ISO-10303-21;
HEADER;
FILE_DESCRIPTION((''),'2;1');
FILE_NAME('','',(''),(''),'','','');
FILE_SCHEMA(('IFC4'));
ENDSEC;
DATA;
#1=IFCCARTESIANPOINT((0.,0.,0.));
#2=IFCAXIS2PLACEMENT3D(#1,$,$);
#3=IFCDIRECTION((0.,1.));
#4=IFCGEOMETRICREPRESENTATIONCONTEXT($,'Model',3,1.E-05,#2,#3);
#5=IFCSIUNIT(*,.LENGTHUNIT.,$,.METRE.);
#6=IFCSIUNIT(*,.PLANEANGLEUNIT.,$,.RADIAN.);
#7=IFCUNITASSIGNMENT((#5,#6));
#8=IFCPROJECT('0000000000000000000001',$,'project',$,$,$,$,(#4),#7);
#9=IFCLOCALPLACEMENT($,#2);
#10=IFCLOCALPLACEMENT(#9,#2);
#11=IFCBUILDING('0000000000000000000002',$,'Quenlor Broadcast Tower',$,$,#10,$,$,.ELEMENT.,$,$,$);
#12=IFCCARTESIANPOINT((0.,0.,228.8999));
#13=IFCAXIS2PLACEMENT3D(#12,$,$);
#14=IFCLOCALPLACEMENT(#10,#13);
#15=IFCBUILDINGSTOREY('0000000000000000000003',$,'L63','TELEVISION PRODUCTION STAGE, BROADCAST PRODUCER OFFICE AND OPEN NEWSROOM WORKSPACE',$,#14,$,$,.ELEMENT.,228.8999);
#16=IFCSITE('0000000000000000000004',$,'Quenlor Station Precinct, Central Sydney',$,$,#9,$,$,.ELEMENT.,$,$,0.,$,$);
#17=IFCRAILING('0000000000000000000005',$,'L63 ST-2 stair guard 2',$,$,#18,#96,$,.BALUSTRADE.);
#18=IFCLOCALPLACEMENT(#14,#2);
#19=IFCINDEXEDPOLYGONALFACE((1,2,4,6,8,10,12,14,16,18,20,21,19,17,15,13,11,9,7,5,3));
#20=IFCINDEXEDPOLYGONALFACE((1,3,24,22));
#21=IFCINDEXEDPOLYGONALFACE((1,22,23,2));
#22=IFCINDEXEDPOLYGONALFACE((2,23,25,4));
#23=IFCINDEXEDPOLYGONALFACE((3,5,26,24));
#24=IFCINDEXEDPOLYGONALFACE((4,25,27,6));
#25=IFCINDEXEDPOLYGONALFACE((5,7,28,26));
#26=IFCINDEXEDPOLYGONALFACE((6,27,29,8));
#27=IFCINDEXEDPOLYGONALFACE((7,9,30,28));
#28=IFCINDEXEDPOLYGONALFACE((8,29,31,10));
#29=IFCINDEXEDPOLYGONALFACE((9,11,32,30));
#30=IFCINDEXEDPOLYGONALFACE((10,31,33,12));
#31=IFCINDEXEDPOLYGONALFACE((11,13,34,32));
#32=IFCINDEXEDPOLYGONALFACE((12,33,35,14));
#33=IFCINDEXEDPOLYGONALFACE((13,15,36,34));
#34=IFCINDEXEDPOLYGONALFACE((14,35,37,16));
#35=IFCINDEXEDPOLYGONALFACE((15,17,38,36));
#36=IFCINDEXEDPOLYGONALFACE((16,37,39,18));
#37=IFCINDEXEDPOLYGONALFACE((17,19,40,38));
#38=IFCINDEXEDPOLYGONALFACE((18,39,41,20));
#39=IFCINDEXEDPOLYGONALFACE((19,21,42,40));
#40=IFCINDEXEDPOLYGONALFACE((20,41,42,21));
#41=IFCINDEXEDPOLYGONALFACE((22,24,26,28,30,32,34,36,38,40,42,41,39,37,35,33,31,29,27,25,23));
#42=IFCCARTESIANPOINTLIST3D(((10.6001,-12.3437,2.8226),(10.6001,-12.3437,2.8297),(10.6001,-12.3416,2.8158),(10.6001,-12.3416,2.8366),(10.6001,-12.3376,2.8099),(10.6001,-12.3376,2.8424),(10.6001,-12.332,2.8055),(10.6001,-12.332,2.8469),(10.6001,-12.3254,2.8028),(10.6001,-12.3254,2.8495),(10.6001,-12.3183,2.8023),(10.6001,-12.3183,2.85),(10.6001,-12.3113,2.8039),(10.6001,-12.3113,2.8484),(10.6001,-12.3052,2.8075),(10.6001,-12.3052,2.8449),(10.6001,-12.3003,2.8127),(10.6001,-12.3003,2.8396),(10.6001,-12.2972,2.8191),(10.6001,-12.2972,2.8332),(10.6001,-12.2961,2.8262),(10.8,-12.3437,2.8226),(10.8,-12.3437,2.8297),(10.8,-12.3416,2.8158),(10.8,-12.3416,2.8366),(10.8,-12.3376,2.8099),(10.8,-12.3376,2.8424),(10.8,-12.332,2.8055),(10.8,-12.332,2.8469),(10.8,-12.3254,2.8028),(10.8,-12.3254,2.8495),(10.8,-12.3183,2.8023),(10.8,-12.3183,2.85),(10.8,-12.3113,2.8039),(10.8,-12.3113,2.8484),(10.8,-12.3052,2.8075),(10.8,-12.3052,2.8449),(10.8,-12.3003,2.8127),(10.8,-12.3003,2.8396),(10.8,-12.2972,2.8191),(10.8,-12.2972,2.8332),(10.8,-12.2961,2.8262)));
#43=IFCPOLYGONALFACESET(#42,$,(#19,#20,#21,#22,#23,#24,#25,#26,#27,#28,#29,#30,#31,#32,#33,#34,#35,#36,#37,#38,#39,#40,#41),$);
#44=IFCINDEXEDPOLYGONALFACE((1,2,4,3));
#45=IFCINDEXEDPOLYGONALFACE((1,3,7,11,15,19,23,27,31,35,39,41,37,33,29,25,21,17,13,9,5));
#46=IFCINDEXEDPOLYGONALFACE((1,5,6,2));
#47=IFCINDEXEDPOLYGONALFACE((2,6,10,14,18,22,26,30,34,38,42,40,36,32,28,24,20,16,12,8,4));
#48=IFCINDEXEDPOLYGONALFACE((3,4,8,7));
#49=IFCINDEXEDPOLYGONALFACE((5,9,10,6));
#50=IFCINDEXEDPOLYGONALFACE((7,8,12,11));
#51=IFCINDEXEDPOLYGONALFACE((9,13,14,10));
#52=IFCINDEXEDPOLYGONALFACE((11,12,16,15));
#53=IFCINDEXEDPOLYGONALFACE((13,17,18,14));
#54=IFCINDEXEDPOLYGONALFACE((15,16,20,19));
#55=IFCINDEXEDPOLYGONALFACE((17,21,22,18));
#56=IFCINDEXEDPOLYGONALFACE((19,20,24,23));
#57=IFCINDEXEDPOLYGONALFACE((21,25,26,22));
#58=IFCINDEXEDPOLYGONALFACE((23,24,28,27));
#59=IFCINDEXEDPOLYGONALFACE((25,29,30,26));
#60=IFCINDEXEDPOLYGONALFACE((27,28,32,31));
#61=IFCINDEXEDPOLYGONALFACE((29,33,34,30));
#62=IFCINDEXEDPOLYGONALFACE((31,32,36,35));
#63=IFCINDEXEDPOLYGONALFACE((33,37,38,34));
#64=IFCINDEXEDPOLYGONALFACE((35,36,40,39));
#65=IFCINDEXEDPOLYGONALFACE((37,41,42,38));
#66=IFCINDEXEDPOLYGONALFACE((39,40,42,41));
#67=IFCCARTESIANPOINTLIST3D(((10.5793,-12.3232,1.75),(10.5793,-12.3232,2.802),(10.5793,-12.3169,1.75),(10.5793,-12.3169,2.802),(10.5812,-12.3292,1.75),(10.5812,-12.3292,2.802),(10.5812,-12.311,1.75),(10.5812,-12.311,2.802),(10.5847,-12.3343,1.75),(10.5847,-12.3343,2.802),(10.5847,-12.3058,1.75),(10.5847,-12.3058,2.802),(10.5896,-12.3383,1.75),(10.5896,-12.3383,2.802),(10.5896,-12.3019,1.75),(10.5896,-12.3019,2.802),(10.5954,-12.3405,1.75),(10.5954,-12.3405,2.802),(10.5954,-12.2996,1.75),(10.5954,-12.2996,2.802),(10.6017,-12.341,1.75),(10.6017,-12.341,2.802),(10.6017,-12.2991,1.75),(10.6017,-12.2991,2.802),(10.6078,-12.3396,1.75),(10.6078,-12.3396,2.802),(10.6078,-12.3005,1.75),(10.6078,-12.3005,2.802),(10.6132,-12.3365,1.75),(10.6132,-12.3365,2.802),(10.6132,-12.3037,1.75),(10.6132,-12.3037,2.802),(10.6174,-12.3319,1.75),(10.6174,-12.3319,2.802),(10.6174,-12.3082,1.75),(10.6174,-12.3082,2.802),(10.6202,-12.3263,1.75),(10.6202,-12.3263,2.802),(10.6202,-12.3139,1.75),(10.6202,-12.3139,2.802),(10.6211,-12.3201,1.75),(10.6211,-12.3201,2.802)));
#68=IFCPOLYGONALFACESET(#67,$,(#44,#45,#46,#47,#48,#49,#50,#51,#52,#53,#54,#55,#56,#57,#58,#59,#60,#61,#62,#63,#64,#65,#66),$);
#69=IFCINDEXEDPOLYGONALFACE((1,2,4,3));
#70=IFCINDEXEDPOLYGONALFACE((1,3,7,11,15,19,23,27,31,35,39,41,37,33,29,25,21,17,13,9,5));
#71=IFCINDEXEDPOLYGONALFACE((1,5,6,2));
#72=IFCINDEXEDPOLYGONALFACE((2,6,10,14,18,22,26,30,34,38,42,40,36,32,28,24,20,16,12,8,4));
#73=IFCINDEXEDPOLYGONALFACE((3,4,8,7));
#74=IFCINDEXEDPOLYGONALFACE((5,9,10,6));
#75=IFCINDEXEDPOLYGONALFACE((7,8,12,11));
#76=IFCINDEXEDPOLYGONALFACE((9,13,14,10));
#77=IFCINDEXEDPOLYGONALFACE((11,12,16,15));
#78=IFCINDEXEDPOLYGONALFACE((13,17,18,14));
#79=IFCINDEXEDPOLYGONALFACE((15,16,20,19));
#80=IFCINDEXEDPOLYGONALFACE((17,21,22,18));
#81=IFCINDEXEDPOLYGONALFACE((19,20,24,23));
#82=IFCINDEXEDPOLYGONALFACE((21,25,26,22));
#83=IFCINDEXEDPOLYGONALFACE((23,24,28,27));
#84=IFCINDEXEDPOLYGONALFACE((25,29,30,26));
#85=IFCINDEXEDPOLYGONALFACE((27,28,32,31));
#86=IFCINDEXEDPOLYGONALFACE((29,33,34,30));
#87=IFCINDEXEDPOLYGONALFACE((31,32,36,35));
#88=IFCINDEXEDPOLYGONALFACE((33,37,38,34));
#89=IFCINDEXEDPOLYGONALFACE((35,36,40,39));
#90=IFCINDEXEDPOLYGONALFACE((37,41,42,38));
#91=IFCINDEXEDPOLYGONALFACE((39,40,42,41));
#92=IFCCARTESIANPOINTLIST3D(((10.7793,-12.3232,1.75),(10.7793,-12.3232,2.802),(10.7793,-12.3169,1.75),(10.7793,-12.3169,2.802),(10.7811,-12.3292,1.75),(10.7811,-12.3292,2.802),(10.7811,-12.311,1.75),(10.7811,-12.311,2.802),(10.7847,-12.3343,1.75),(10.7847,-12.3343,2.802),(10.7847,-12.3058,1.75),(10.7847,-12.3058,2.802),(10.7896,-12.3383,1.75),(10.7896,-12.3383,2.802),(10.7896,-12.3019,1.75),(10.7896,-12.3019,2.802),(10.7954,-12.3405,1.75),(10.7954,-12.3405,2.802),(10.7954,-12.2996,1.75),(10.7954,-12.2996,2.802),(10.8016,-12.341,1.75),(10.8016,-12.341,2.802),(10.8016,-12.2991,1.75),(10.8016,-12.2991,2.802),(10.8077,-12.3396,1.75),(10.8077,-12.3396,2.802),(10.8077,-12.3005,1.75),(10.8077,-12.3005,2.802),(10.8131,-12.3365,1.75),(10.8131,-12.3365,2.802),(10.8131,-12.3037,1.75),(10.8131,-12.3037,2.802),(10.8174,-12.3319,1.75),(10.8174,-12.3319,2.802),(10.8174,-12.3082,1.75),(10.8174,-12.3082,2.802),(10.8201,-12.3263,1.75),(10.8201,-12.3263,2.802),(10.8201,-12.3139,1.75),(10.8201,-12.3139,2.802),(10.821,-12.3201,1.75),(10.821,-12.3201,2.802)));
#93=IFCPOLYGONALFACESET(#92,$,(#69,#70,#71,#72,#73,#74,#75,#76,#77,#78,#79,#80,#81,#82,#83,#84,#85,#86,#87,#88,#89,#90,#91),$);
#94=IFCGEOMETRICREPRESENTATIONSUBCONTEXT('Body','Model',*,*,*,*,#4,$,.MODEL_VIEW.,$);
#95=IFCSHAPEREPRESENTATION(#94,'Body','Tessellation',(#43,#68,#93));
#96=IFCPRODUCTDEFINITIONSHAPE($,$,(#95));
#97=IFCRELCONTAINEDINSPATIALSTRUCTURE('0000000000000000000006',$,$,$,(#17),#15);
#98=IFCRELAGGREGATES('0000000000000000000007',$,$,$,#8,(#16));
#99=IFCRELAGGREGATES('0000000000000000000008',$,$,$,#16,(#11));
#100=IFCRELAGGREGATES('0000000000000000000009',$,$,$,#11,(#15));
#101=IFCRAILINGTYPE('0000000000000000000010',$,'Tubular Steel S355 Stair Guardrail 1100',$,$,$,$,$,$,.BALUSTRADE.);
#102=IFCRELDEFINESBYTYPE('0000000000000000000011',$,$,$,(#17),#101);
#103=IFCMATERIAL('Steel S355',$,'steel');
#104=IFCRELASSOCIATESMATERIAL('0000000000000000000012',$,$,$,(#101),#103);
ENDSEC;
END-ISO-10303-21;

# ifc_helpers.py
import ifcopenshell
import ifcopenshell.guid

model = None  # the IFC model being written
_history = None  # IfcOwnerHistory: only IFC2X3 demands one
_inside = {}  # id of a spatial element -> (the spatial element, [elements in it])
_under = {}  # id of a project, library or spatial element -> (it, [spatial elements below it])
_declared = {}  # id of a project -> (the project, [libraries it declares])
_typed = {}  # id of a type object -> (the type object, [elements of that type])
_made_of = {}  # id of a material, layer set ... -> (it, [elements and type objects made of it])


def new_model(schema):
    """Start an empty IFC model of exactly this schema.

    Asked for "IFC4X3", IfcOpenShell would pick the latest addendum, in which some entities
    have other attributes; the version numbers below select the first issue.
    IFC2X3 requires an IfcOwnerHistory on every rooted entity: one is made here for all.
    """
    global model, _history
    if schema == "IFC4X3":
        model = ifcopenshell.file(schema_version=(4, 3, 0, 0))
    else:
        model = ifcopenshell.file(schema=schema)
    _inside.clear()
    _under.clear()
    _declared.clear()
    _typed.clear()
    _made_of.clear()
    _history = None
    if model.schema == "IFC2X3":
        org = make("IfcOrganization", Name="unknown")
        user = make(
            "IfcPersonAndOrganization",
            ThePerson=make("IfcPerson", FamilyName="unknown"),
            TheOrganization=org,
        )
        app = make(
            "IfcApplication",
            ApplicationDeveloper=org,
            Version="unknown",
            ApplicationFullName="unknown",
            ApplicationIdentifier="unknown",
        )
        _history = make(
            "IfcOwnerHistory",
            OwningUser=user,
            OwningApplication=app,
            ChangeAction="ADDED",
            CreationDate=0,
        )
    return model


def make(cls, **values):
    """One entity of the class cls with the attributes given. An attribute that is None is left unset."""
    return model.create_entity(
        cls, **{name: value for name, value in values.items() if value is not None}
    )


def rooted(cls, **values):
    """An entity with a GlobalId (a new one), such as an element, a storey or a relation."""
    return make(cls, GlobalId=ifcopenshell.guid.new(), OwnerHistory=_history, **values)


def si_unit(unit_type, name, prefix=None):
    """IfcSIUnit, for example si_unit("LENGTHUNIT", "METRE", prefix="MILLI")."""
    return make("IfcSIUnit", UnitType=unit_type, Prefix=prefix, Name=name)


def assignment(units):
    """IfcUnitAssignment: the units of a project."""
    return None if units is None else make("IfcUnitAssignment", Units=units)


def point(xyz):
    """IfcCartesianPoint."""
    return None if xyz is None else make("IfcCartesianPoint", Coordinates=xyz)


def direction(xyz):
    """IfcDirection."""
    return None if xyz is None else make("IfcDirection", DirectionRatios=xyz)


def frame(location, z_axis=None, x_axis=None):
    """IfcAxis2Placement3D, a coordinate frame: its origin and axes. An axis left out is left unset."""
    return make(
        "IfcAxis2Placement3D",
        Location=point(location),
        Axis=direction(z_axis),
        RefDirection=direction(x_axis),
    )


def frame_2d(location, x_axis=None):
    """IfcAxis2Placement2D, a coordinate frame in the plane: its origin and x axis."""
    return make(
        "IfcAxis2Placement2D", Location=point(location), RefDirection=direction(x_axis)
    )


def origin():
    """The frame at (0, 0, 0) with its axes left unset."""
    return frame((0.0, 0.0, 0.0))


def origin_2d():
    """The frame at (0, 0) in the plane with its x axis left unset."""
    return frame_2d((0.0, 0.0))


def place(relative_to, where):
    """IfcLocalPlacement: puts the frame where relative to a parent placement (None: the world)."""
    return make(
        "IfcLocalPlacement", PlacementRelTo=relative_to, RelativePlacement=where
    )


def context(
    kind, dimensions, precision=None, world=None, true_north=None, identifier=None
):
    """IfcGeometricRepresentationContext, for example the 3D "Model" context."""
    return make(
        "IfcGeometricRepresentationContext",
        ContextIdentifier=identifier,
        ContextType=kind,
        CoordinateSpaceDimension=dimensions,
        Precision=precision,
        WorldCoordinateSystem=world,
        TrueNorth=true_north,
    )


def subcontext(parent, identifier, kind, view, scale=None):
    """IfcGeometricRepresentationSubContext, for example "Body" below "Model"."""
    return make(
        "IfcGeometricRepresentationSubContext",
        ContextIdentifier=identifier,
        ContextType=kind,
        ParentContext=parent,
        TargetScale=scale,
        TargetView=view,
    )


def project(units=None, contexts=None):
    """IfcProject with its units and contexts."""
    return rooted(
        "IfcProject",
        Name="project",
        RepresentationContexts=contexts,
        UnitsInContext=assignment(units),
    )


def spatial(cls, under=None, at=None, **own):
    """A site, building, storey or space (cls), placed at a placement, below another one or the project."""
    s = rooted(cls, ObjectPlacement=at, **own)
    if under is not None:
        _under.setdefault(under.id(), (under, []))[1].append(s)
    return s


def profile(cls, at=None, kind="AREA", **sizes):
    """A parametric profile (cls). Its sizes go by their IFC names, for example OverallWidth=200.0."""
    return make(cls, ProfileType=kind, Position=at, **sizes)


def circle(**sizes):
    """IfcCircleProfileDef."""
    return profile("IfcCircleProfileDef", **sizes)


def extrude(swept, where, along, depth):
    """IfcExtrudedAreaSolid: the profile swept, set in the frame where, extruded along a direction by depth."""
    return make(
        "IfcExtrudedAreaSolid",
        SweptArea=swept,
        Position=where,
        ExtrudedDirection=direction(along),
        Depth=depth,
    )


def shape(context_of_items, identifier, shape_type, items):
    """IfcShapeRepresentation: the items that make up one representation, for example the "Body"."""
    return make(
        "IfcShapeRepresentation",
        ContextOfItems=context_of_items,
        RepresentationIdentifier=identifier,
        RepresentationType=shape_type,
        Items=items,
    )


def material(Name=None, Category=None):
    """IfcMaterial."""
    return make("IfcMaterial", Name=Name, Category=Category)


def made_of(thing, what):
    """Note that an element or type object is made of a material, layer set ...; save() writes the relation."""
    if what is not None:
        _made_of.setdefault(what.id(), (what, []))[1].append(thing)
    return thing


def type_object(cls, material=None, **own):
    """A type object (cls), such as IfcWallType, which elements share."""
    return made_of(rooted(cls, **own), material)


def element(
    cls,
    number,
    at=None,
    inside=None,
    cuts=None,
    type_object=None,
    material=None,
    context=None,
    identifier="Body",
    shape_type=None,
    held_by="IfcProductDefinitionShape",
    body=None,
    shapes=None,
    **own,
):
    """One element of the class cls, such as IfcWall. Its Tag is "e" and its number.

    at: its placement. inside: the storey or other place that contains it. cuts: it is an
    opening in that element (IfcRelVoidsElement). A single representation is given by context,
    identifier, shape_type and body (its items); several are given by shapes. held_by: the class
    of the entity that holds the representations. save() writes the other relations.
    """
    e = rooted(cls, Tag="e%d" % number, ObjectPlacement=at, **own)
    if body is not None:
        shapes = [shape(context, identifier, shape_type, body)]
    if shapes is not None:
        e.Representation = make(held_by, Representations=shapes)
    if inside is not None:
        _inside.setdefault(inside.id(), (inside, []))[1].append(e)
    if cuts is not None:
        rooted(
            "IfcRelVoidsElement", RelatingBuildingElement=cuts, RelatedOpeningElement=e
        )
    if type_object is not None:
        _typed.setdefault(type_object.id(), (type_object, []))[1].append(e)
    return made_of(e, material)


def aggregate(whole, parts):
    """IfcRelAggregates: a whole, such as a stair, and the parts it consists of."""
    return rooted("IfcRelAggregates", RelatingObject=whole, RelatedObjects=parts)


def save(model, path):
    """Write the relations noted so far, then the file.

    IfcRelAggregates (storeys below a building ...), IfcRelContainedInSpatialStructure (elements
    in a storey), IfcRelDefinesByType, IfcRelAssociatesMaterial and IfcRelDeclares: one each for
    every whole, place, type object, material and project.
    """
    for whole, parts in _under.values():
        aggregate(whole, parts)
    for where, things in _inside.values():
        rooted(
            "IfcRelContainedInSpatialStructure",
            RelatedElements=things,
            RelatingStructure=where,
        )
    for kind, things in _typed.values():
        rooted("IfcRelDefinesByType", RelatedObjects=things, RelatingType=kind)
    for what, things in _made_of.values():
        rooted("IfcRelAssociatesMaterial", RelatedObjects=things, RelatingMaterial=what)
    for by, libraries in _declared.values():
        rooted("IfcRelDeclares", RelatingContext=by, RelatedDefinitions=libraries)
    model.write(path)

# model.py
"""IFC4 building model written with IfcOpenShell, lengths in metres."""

from ifc_helpers import new_model, si_unit, direction, frame, origin, origin_2d, place, context, subcontext, project, spatial, circle, extrude, material, type_object, element, save


model = new_model("IFC4")

# Units and contexts
model_context = context("Model", 3, precision=1e-05, world=origin(), true_north=direction((0.0, 1.0)))
body_context = subcontext(model_context, "Body", "Model", "MODEL_VIEW")
ifc_project = project(units=[si_unit("LENGTHUNIT", "METRE"), si_unit("PLANEANGLEUNIT", "RADIAN")], contexts=[model_context])

# Site, building, storey
site_placement = place(None, origin())
site = spatial("IfcSite", under=ifc_project, at=site_placement, Name="Quenlor Station Precinct, Central Sydney", CompositionType="ELEMENT", RefElevation=0.0)
building_placement = place(site_placement, origin())
building = spatial("IfcBuilding", under=site, at=building_placement, Name="Quenlor Broadcast Tower", CompositionType="ELEMENT")
storey_placement = place(building_placement, frame((0.0, 0.0, 228.8999)))
storey = spatial("IfcBuildingStorey", under=building, at=storey_placement, Name="L63", Description="TELEVISION PRODUCTION STAGE, BROADCAST PRODUCER OFFICE AND OPEN NEWSROOM WORKSPACE", CompositionType="ELEMENT", Elevation=228.8999)

# Railing
ifc_material_1 = material(Name="Steel S355", Category="steel")
railing_type_1 = type_object("IfcRailingType", Name="Tubular Steel S355 Stair Guardrail 1100", PredefinedType="BALUSTRADE", material=ifc_material_1)
railing_1_placement = place(storey_placement, frame((10.6001, -12.3201, 1.75)))
element("IfcRailing", 1, at=railing_1_placement, inside=storey, type_object=railing_type_1, Name="L63 ST-2 stair guard 2", PredefinedType="BALUSTRADE", context=body_context, shape_type="SweptSolid", body=[
    extrude(circle(Radius=0.0239, at=origin_2d()), frame((0.0, 0.0, 1.0762), z_axis=(1.0, 0.0, 0.0), x_axis=(0.0, 1.0, 0.0)), (0.0, 0.0, 1.0), 0.2),
    extrude(circle(Radius=0.021, at=origin_2d()), origin(), (0.0, 0.0, 1.0), 1.052),
    extrude(circle(Radius=0.021, at=origin_2d()), frame((0.2, 0.0, 0.0)), (0.0, 0.0, 1.0), 1.052),
])

save(model, "model.ifc")
